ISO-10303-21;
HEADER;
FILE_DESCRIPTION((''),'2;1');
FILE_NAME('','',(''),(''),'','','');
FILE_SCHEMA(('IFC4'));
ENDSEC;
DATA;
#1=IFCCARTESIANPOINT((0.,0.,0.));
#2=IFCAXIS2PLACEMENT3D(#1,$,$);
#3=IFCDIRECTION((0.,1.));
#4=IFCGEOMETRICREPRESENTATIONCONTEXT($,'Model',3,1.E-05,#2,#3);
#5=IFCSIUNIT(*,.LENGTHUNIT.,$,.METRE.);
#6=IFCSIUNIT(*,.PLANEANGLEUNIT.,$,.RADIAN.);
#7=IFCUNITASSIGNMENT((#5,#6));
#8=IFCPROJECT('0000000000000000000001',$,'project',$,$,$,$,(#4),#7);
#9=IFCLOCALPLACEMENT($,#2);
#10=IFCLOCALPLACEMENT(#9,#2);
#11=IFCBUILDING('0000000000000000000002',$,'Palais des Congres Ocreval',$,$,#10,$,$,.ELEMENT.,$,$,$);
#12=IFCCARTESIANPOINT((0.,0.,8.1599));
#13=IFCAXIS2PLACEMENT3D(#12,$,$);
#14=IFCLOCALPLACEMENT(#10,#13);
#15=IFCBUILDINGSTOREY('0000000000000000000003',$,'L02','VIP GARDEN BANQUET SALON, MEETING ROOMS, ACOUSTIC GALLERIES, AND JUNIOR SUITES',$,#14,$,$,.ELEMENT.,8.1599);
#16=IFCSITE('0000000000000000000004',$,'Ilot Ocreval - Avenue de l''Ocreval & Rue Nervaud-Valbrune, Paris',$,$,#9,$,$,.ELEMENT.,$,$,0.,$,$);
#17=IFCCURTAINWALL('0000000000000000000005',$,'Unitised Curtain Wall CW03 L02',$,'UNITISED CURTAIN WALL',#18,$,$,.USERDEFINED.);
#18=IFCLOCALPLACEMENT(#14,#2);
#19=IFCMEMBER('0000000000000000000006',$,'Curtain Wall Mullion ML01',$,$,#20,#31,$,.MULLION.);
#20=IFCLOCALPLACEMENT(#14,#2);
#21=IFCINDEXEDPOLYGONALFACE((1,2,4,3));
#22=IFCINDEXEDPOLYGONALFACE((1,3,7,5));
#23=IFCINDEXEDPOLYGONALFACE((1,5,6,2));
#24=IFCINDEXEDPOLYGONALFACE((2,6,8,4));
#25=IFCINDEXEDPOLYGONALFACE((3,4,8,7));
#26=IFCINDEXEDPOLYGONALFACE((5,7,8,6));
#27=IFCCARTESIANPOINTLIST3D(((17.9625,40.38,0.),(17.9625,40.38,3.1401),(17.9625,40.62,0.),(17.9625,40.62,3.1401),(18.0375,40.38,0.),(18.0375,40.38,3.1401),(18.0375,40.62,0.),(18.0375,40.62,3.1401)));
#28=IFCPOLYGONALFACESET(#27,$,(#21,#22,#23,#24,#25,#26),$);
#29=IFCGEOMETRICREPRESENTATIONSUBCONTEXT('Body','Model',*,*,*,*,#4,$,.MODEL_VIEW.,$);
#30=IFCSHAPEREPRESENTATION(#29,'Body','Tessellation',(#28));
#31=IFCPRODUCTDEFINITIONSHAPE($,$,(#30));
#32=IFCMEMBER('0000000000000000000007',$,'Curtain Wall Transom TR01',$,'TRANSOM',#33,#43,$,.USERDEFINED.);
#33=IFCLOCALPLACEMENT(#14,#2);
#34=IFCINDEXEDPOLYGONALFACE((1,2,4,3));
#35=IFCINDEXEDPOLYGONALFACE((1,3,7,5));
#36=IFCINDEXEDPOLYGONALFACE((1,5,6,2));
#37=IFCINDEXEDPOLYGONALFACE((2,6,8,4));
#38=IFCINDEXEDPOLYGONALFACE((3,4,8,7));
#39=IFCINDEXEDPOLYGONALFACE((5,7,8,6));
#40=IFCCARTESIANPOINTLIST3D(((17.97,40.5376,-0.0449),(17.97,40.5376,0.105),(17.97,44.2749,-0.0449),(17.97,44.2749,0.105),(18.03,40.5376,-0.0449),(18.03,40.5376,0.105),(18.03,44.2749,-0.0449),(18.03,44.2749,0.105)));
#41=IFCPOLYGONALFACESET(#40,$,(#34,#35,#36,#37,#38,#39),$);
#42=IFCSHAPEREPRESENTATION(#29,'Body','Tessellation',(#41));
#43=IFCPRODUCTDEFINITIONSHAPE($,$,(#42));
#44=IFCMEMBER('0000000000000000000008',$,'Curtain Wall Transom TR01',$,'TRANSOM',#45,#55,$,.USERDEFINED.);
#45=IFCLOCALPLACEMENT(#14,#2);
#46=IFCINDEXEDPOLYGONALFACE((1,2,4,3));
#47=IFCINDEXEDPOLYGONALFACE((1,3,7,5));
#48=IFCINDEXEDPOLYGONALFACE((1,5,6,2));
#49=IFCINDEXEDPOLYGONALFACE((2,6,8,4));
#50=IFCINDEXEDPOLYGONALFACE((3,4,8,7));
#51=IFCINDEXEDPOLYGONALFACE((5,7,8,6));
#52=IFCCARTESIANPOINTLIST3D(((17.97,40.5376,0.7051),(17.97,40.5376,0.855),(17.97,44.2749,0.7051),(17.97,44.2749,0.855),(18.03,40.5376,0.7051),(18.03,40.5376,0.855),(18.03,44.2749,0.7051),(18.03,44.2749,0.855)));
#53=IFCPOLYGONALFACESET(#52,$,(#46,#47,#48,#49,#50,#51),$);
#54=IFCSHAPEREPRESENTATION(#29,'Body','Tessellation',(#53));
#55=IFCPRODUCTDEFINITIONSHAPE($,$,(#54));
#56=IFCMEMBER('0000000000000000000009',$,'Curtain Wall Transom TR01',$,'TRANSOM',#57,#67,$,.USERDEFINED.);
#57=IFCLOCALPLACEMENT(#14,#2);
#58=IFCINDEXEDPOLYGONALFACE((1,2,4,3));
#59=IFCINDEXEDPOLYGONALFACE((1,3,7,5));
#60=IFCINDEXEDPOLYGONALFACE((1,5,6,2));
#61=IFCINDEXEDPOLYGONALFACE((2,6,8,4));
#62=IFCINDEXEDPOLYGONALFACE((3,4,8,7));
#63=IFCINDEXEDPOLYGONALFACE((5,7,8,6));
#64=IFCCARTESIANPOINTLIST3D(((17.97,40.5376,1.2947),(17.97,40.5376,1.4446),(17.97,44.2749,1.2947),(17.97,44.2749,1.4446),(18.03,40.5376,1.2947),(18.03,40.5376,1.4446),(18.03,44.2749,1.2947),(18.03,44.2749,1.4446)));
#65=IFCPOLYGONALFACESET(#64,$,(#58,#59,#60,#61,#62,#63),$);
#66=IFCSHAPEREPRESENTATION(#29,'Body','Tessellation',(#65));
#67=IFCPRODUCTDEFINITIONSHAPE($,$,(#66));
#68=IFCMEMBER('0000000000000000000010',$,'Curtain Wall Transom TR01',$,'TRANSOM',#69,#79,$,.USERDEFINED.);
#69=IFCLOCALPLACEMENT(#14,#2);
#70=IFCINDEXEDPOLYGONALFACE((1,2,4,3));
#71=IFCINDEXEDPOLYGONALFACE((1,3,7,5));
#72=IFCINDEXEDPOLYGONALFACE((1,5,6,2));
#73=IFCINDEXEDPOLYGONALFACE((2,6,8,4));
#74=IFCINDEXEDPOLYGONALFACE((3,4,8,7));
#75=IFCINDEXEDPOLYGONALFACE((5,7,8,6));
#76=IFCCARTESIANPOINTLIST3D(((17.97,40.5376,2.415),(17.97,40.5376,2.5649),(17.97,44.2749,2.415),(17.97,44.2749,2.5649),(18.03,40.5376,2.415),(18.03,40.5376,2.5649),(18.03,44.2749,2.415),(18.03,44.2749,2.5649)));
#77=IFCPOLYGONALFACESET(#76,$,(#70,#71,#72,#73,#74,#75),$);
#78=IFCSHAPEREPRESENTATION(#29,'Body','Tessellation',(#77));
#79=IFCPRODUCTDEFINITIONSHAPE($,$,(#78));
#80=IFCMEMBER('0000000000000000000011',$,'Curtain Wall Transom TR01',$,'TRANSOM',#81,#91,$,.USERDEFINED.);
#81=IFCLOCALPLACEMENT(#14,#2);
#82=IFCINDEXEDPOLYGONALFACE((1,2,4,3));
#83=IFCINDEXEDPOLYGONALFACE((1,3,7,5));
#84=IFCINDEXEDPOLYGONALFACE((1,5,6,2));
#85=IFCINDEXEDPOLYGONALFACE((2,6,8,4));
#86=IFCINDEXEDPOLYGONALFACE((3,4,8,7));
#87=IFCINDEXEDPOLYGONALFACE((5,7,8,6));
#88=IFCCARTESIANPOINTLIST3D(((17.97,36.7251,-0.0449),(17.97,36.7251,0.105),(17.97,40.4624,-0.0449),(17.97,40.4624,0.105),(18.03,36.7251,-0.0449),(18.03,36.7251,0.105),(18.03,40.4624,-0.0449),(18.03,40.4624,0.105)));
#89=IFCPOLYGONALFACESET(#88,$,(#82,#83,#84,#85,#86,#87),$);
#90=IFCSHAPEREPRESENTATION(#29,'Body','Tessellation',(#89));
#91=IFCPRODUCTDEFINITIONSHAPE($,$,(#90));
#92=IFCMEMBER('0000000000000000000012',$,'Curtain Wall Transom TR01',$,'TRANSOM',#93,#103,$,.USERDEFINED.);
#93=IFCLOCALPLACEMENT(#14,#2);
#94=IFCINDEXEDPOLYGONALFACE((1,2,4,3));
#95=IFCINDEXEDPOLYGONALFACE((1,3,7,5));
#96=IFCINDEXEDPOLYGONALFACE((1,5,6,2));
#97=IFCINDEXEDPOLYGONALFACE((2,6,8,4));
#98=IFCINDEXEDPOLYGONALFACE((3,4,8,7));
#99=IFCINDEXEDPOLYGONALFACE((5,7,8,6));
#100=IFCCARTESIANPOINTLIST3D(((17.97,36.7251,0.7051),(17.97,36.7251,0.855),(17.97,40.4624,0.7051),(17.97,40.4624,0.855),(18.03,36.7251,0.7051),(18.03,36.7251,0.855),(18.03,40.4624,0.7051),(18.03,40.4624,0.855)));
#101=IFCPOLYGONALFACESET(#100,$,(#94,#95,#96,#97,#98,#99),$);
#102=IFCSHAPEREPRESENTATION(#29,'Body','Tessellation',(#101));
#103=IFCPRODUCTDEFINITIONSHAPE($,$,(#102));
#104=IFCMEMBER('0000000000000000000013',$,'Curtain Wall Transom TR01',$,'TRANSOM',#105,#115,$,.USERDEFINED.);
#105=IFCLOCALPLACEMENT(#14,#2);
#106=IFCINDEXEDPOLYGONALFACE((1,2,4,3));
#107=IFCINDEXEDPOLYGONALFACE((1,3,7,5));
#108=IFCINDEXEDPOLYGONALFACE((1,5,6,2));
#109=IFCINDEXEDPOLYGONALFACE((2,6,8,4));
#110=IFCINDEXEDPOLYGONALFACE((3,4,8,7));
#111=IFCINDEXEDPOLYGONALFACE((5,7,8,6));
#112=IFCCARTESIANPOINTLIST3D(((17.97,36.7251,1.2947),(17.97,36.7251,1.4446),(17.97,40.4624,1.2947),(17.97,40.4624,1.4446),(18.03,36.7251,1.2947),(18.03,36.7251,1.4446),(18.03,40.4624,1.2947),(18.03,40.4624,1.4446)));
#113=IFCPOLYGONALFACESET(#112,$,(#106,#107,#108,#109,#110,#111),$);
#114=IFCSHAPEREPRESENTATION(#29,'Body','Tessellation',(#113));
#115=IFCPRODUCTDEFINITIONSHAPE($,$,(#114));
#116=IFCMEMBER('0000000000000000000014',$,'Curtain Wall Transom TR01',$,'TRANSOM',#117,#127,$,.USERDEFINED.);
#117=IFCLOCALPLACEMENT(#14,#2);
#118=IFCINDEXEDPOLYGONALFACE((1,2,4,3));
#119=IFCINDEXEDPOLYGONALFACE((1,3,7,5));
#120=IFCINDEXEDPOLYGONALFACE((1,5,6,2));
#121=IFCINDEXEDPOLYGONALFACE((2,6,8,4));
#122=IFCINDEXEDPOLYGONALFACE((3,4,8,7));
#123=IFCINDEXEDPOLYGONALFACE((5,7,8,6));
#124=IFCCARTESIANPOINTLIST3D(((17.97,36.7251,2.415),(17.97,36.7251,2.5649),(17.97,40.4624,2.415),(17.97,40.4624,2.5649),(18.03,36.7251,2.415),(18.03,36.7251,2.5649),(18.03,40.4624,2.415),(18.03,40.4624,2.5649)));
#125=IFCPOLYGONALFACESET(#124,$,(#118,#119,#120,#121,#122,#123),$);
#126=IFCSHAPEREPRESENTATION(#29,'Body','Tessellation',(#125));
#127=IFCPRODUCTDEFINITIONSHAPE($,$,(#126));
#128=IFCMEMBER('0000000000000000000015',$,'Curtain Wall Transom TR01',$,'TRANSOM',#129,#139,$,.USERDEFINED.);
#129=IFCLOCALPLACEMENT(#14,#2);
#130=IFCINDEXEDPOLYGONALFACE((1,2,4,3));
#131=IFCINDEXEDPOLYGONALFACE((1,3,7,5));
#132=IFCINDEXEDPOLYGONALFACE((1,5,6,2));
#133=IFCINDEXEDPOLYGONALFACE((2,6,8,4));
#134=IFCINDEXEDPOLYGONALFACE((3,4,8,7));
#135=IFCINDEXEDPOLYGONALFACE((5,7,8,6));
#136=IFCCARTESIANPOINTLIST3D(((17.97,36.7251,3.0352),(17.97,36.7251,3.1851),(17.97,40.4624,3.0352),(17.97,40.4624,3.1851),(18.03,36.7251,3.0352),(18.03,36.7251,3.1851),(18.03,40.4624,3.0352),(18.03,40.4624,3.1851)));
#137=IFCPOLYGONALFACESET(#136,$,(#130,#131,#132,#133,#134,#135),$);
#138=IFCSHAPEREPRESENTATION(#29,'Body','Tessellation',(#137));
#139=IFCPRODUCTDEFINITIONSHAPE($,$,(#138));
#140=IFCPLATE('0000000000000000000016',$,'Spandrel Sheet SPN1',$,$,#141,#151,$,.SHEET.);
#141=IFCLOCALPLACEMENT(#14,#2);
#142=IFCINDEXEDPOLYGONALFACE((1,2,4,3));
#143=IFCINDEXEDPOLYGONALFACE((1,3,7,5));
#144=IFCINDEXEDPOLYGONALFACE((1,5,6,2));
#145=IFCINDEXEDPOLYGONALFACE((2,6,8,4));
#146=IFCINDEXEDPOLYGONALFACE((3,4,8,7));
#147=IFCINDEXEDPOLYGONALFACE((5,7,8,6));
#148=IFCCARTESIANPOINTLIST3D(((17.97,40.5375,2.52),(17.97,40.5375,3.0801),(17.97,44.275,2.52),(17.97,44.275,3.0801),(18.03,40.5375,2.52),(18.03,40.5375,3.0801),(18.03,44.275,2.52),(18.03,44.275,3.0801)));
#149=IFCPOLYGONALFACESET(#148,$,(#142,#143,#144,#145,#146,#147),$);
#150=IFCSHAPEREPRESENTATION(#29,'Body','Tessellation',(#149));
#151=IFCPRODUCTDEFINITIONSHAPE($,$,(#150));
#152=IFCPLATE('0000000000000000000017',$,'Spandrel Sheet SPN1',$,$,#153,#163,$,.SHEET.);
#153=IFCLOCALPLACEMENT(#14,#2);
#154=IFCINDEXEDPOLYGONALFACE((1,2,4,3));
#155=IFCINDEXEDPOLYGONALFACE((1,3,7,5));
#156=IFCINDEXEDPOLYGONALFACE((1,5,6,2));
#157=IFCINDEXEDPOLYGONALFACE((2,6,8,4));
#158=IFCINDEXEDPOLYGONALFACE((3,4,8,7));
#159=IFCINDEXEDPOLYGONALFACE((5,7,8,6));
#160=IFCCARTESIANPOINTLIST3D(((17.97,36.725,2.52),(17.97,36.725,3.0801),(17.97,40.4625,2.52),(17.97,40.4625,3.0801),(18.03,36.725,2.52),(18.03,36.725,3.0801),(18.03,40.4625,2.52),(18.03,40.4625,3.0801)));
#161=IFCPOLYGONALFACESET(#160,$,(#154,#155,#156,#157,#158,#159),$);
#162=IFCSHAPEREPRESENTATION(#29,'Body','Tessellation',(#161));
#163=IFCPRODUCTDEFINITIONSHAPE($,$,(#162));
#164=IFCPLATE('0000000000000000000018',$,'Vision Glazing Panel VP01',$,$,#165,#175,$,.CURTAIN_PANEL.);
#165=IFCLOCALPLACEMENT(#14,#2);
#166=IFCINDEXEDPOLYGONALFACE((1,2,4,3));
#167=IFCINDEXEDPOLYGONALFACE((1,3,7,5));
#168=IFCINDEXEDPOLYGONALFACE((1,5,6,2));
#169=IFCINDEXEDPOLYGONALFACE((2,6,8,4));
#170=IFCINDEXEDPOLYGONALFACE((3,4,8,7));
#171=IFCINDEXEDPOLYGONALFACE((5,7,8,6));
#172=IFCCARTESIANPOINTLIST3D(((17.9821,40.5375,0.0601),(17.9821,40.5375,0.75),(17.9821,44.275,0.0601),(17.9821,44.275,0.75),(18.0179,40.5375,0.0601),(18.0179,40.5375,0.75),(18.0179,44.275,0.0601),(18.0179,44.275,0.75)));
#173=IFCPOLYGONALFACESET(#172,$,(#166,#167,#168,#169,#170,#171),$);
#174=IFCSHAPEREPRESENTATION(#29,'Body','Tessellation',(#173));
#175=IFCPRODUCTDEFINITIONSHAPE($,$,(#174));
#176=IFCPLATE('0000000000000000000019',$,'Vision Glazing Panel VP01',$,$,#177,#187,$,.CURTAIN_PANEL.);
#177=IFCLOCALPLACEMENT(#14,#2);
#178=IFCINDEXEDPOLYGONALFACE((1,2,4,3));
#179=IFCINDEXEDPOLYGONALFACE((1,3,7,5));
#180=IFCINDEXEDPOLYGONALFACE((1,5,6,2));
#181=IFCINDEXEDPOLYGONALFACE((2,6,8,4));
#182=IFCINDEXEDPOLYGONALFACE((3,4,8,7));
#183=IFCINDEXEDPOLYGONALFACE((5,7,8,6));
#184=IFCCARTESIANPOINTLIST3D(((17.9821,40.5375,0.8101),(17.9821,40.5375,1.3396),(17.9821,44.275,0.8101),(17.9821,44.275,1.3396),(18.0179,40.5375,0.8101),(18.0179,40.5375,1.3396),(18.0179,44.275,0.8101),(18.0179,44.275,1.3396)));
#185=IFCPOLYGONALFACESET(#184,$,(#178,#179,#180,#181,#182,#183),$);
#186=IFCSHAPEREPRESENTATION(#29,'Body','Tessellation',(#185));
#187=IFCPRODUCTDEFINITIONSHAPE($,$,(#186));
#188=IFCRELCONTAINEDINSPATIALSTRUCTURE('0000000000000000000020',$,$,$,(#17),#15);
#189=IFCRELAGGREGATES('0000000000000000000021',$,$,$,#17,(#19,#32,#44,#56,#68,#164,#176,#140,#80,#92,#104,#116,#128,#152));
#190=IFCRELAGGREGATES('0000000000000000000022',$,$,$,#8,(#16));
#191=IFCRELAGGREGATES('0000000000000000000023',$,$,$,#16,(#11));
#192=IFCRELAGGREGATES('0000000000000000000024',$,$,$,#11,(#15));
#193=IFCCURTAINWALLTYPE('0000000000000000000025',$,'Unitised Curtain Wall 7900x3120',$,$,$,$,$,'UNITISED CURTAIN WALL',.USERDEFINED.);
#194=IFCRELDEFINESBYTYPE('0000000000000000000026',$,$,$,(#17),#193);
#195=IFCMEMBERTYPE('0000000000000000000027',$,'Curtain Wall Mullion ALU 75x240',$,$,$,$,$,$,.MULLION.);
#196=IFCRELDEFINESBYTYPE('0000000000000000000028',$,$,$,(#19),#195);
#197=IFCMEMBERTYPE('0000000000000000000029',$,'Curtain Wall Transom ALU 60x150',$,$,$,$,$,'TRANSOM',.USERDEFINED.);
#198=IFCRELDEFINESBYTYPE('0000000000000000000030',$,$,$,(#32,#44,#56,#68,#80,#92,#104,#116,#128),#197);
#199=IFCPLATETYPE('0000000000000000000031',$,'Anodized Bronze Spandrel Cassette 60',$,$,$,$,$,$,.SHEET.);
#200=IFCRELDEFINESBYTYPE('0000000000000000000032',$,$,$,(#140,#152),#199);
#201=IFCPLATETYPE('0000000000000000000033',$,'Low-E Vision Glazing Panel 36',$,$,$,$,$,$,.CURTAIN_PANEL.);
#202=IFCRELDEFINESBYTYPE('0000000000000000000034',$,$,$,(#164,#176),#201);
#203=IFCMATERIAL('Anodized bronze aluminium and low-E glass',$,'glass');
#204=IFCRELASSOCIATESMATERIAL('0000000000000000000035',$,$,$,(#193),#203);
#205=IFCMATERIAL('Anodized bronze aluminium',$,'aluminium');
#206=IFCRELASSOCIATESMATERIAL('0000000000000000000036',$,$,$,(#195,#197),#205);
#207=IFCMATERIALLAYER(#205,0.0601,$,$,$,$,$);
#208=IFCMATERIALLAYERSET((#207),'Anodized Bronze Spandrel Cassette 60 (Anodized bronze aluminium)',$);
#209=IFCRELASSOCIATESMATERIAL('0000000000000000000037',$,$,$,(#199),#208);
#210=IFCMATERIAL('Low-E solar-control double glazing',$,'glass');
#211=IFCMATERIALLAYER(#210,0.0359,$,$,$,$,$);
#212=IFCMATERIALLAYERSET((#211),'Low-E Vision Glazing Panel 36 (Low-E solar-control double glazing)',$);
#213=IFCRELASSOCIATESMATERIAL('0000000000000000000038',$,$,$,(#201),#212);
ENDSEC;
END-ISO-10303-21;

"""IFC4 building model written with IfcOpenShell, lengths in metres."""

from ifc_helpers import new_model, si_unit, direction, frame, origin, origin_2d, place, context, subcontext, project, spatial, rectangle, extrude, material, layer, layer_set, material_profile, profile_set, type_object, element, aggregate, save


model = new_model("IFC4")

# Units and contexts
model_context = context("Model", 3, precision=1e-05, world=origin(), true_north=direction((0.0, 1.0)))
body_context = subcontext(model_context, "Body", "Model", "MODEL_VIEW")
ifc_project = project(units=[si_unit("LENGTHUNIT", "METRE"), si_unit("PLANEANGLEUNIT", "RADIAN")], contexts=[model_context])

# Site, building, storey
site_placement = place(None, origin())
site = spatial("IfcSite", under=ifc_project, at=site_placement, Name="Ilot Ocreval - Avenue de l'Ocreval & Rue Nervaud-Valbrune, Paris", CompositionType="ELEMENT", RefElevation=0.0)
building_placement = place(site_placement, origin())
building = spatial("IfcBuilding", under=site, at=building_placement, Name="Palais des Congres Ocreval", CompositionType="ELEMENT")
storey_placement = place(building_placement, frame((0.0, 0.0, 8.1599)))
storey = spatial("IfcBuildingStorey", under=building, at=storey_placement, Name="L02", Description="VIP GARDEN BANQUET SALON, MEETING ROOMS, ACOUSTIC GALLERIES, AND JUNIOR SUITES", CompositionType="ELEMENT", Elevation=8.1599)

# Curtain wall, members, plates
ifc_material_1 = material(Name="Anodized bronze aluminium and low-E glass", Category="glass")
curtain_wall_type = type_object("IfcCurtainWallType", Name="Unitised Curtain Wall 7900x3120", ElementType="UNITISED CURTAIN WALL", PredefinedType="USERDEFINED", material=ifc_material_1)
curtain_wall_placement = place(storey_placement, origin())
curtain_wall = element("IfcCurtainWall", 1, at=curtain_wall_placement, inside=storey, type_object=curtain_wall_type, Name="Unitised Curtain Wall CW03 L02", ObjectType="UNITISED CURTAIN WALL", PredefinedType="USERDEFINED")
ifc_material_2 = material(Name="Anodized bronze aluminium", Category="aluminium")
ifc_material_profile_1 = material_profile(ifc_material_2, rectangle(XDim=0.075, YDim=0.24, at=origin_2d()), Name="ALU 75x240")
ifc_profile_set_1 = profile_set([ifc_material_profile_1], Name="Anodized bronze aluminium")
member_type_1 = type_object("IfcMemberType", Name="Curtain Wall Mullion ALU 75x240", PredefinedType="MULLION", material=ifc_profile_set_1)
member_1_placement = place(storey_placement, frame((18.0, 40.5, 0.0), z_axis=(0.0, 0.0, 1.0), x_axis=(1.0, 0.0, 0.0)))
member_1 = element("IfcMember", 2, at=member_1_placement, type_object=member_type_1, Name="Curtain Wall Mullion ML01", PredefinedType="MULLION", context=body_context, shape_type="SweptSolid", body=[
    extrude(rectangle(XDim=0.075, YDim=0.24, at=origin_2d()), origin(), (0.0, 0.0, 1.0), 3.1401),
])
ifc_material_profile_2 = material_profile(ifc_material_2, rectangle(XDim=0.0601, YDim=0.1499, at=origin_2d()), Name="ALU 60x150")
ifc_profile_set_2 = profile_set([ifc_material_profile_2], Name="Anodized bronze aluminium")
member_type_2 = type_object("IfcMemberType", Name="Curtain Wall Transom ALU 60x150", ElementType="TRANSOM", PredefinedType="USERDEFINED", material=ifc_profile_set_2)
member_2_placement = place(storey_placement, frame((18.0, 44.2749, 0.03), z_axis=(0.0, -1.0, 0.0), x_axis=(1.0, 0.0, 0.0)))
member_2 = element("IfcMember", 3, at=member_2_placement, type_object=member_type_2, Name="Curtain Wall Transom TR01", ObjectType="TRANSOM", PredefinedType="USERDEFINED", context=body_context, shape_type="SweptSolid", body=[
    extrude(rectangle(XDim=0.0601, YDim=0.1499, at=origin_2d()), origin(), (0.0, 0.0, 1.0), 3.7373),
])
member_3_placement = place(storey_placement, frame((18.0, 44.2749, 0.78), z_axis=(0.0, -1.0, 0.0), x_axis=(1.0, 0.0, 0.0)))
member_3 = element("IfcMember", 4, at=member_3_placement, type_object=member_type_2, Name="Curtain Wall Transom TR01", ObjectType="TRANSOM", PredefinedType="USERDEFINED", context=body_context, shape_type="SweptSolid", body=[
    extrude(rectangle(XDim=0.0601, YDim=0.1499, at=origin_2d()), origin(), (0.0, 0.0, 1.0), 3.7373),
])
member_4_placement = place(storey_placement, frame((18.0, 44.2749, 1.3696), z_axis=(0.0, -1.0, 0.0), x_axis=(1.0, 0.0, 0.0)))
member_4 = element("IfcMember", 5, at=member_4_placement, type_object=member_type_2, Name="Curtain Wall Transom TR01", ObjectType="TRANSOM", PredefinedType="USERDEFINED", context=body_context, shape_type="SweptSolid", body=[
    extrude(rectangle(XDim=0.0601, YDim=0.1499, at=origin_2d()), origin(), (0.0, 0.0, 1.0), 3.7373),
])
member_5_placement = place(storey_placement, frame((18.0, 44.2749, 2.49), z_axis=(0.0, -1.0, 0.0), x_axis=(1.0, 0.0, 0.0)))
member_5 = element("IfcMember", 6, at=member_5_placement, type_object=member_type_2, Name="Curtain Wall Transom TR01", ObjectType="TRANSOM", PredefinedType="USERDEFINED", context=body_context, shape_type="SweptSolid", body=[
    extrude(rectangle(XDim=0.0601, YDim=0.1499, at=origin_2d()), origin(), (0.0, 0.0, 1.0), 3.7373),
])
member_6_placement = place(storey_placement, frame((18.0, 40.4624, 0.03), z_axis=(0.0, -1.0, 0.0), x_axis=(1.0, 0.0, 0.0)))
member_6 = element("IfcMember", 7, at=member_6_placement, type_object=member_type_2, Name="Curtain Wall Transom TR01", ObjectType="TRANSOM", PredefinedType="USERDEFINED", context=body_context, shape_type="SweptSolid", body=[
    extrude(rectangle(XDim=0.0601, YDim=0.1499, at=origin_2d()), origin(), (0.0, 0.0, 1.0), 3.7373),
])
member_7_placement = place(storey_placement, frame((18.0, 40.4624, 0.78), z_axis=(0.0, -1.0, 0.0), x_axis=(1.0, 0.0, 0.0)))
member_7 = element("IfcMember", 8, at=member_7_placement, type_object=member_type_2, Name="Curtain Wall Transom TR01", ObjectType="TRANSOM", PredefinedType="USERDEFINED", context=body_context, shape_type="SweptSolid", body=[
    extrude(rectangle(XDim=0.0601, YDim=0.1499, at=origin_2d()), origin(), (0.0, 0.0, 1.0), 3.7373),
])
member_8_placement = place(storey_placement, frame((18.0, 40.4624, 1.3696), z_axis=(0.0, -1.0, 0.0), x_axis=(1.0, 0.0, 0.0)))
member_8 = element("IfcMember", 9, at=member_8_placement, type_object=member_type_2, Name="Curtain Wall Transom TR01", ObjectType="TRANSOM", PredefinedType="USERDEFINED", context=body_context, shape_type="SweptSolid", body=[
    extrude(rectangle(XDim=0.0601, YDim=0.1499, at=origin_2d()), origin(), (0.0, 0.0, 1.0), 3.7373),
])
member_9_placement = place(storey_placement, frame((18.0, 40.4624, 2.49), z_axis=(0.0, -1.0, 0.0), x_axis=(1.0, 0.0, 0.0)))
member_9 = element("IfcMember", 10, at=member_9_placement, type_object=member_type_2, Name="Curtain Wall Transom TR01", ObjectType="TRANSOM", PredefinedType="USERDEFINED", context=body_context, shape_type="SweptSolid", body=[
    extrude(rectangle(XDim=0.0601, YDim=0.1499, at=origin_2d()), origin(), (0.0, 0.0, 1.0), 3.7373),
])
member_10_placement = place(storey_placement, frame((18.0, 40.4624, 3.1101), z_axis=(0.0, -1.0, 0.0), x_axis=(1.0, 0.0, 0.0)))
member_10 = element("IfcMember", 11, at=member_10_placement, type_object=member_type_2, Name="Curtain Wall Transom TR01", ObjectType="TRANSOM", PredefinedType="USERDEFINED", context=body_context, shape_type="SweptSolid", body=[
    extrude(rectangle(XDim=0.0601, YDim=0.1499, at=origin_2d()), origin(), (0.0, 0.0, 1.0), 3.7373),
])
ifc_layer_1 = layer(ifc_material_2, 0.0601)
ifc_layer_set_1 = layer_set([ifc_layer_1], Name="Anodized Bronze Spandrel Cassette 60 (Anodized bronze aluminium)")
plate_type_1 = type_object("IfcPlateType", Name="Anodized Bronze Spandrel Cassette 60", PredefinedType="SHEET", material=ifc_layer_set_1)
plate_1_placement = place(storey_placement, frame((18.0, 42.4062, 2.52), z_axis=(0.0, 0.0, 1.0), x_axis=(0.0, -1.0, 0.0)))
plate_1 = element("IfcPlate", 12, at=plate_1_placement, type_object=plate_type_1, Name="Spandrel Sheet SPN1", PredefinedType="SHEET", context=body_context, shape_type="SweptSolid", body=[
    extrude(rectangle(XDim=3.7375, YDim=0.0601, at=origin_2d()), origin(), (0.0, 0.0, 1.0), 0.5601),
])
plate_2_placement = place(storey_placement, frame((18.0, 38.5938, 2.52), z_axis=(0.0, 0.0, 1.0), x_axis=(0.0, -1.0, 0.0)))
plate_2 = element("IfcPlate", 13, at=plate_2_placement, type_object=plate_type_1, Name="Spandrel Sheet SPN1", PredefinedType="SHEET", context=body_context, shape_type="SweptSolid", body=[
    extrude(rectangle(XDim=3.7375, YDim=0.0601, at=origin_2d()), origin(), (0.0, 0.0, 1.0), 0.5601),
])
ifc_material_3 = material(Name="Low-E solar-control double glazing", Category="glass")
ifc_layer_2 = layer(ifc_material_3, 0.0359)
ifc_layer_set_2 = layer_set([ifc_layer_2], Name="Low-E Vision Glazing Panel 36 (Low-E solar-control double glazing)")
plate_type_2 = type_object("IfcPlateType", Name="Low-E Vision Glazing Panel 36", PredefinedType="CURTAIN_PANEL", material=ifc_layer_set_2)
plate_3_placement = place(storey_placement, frame((18.0, 42.4062, 0.0601), z_axis=(0.0, 0.0, 1.0), x_axis=(0.0, -1.0, 0.0)))
plate_3 = element("IfcPlate", 14, at=plate_3_placement, type_object=plate_type_2, Name="Vision Glazing Panel VP01", PredefinedType="CURTAIN_PANEL", context=body_context, shape_type="SweptSolid", body=[
    extrude(rectangle(XDim=3.7375, YDim=0.0359, at=origin_2d()), origin(), (0.0, 0.0, 1.0), 0.6899),
])
plate_4_placement = place(storey_placement, frame((18.0, 42.4062, 0.8101), z_axis=(0.0, 0.0, 1.0), x_axis=(0.0, -1.0, 0.0)))
plate_4 = element("IfcPlate", 15, at=plate_4_placement, type_object=plate_type_2, Name="Vision Glazing Panel VP01", PredefinedType="CURTAIN_PANEL", context=body_context, shape_type="SweptSolid", body=[
    extrude(rectangle(XDim=3.7375, YDim=0.0359, at=origin_2d()), origin(), (0.0, 0.0, 1.0), 0.5295),
])
aggregate(curtain_wall, [member_1, member_2, member_3, member_4, member_5, plate_3, plate_4, plate_1, member_6, member_7, member_8, member_9, member_10, plate_2])

save(model, "model.ifc")
